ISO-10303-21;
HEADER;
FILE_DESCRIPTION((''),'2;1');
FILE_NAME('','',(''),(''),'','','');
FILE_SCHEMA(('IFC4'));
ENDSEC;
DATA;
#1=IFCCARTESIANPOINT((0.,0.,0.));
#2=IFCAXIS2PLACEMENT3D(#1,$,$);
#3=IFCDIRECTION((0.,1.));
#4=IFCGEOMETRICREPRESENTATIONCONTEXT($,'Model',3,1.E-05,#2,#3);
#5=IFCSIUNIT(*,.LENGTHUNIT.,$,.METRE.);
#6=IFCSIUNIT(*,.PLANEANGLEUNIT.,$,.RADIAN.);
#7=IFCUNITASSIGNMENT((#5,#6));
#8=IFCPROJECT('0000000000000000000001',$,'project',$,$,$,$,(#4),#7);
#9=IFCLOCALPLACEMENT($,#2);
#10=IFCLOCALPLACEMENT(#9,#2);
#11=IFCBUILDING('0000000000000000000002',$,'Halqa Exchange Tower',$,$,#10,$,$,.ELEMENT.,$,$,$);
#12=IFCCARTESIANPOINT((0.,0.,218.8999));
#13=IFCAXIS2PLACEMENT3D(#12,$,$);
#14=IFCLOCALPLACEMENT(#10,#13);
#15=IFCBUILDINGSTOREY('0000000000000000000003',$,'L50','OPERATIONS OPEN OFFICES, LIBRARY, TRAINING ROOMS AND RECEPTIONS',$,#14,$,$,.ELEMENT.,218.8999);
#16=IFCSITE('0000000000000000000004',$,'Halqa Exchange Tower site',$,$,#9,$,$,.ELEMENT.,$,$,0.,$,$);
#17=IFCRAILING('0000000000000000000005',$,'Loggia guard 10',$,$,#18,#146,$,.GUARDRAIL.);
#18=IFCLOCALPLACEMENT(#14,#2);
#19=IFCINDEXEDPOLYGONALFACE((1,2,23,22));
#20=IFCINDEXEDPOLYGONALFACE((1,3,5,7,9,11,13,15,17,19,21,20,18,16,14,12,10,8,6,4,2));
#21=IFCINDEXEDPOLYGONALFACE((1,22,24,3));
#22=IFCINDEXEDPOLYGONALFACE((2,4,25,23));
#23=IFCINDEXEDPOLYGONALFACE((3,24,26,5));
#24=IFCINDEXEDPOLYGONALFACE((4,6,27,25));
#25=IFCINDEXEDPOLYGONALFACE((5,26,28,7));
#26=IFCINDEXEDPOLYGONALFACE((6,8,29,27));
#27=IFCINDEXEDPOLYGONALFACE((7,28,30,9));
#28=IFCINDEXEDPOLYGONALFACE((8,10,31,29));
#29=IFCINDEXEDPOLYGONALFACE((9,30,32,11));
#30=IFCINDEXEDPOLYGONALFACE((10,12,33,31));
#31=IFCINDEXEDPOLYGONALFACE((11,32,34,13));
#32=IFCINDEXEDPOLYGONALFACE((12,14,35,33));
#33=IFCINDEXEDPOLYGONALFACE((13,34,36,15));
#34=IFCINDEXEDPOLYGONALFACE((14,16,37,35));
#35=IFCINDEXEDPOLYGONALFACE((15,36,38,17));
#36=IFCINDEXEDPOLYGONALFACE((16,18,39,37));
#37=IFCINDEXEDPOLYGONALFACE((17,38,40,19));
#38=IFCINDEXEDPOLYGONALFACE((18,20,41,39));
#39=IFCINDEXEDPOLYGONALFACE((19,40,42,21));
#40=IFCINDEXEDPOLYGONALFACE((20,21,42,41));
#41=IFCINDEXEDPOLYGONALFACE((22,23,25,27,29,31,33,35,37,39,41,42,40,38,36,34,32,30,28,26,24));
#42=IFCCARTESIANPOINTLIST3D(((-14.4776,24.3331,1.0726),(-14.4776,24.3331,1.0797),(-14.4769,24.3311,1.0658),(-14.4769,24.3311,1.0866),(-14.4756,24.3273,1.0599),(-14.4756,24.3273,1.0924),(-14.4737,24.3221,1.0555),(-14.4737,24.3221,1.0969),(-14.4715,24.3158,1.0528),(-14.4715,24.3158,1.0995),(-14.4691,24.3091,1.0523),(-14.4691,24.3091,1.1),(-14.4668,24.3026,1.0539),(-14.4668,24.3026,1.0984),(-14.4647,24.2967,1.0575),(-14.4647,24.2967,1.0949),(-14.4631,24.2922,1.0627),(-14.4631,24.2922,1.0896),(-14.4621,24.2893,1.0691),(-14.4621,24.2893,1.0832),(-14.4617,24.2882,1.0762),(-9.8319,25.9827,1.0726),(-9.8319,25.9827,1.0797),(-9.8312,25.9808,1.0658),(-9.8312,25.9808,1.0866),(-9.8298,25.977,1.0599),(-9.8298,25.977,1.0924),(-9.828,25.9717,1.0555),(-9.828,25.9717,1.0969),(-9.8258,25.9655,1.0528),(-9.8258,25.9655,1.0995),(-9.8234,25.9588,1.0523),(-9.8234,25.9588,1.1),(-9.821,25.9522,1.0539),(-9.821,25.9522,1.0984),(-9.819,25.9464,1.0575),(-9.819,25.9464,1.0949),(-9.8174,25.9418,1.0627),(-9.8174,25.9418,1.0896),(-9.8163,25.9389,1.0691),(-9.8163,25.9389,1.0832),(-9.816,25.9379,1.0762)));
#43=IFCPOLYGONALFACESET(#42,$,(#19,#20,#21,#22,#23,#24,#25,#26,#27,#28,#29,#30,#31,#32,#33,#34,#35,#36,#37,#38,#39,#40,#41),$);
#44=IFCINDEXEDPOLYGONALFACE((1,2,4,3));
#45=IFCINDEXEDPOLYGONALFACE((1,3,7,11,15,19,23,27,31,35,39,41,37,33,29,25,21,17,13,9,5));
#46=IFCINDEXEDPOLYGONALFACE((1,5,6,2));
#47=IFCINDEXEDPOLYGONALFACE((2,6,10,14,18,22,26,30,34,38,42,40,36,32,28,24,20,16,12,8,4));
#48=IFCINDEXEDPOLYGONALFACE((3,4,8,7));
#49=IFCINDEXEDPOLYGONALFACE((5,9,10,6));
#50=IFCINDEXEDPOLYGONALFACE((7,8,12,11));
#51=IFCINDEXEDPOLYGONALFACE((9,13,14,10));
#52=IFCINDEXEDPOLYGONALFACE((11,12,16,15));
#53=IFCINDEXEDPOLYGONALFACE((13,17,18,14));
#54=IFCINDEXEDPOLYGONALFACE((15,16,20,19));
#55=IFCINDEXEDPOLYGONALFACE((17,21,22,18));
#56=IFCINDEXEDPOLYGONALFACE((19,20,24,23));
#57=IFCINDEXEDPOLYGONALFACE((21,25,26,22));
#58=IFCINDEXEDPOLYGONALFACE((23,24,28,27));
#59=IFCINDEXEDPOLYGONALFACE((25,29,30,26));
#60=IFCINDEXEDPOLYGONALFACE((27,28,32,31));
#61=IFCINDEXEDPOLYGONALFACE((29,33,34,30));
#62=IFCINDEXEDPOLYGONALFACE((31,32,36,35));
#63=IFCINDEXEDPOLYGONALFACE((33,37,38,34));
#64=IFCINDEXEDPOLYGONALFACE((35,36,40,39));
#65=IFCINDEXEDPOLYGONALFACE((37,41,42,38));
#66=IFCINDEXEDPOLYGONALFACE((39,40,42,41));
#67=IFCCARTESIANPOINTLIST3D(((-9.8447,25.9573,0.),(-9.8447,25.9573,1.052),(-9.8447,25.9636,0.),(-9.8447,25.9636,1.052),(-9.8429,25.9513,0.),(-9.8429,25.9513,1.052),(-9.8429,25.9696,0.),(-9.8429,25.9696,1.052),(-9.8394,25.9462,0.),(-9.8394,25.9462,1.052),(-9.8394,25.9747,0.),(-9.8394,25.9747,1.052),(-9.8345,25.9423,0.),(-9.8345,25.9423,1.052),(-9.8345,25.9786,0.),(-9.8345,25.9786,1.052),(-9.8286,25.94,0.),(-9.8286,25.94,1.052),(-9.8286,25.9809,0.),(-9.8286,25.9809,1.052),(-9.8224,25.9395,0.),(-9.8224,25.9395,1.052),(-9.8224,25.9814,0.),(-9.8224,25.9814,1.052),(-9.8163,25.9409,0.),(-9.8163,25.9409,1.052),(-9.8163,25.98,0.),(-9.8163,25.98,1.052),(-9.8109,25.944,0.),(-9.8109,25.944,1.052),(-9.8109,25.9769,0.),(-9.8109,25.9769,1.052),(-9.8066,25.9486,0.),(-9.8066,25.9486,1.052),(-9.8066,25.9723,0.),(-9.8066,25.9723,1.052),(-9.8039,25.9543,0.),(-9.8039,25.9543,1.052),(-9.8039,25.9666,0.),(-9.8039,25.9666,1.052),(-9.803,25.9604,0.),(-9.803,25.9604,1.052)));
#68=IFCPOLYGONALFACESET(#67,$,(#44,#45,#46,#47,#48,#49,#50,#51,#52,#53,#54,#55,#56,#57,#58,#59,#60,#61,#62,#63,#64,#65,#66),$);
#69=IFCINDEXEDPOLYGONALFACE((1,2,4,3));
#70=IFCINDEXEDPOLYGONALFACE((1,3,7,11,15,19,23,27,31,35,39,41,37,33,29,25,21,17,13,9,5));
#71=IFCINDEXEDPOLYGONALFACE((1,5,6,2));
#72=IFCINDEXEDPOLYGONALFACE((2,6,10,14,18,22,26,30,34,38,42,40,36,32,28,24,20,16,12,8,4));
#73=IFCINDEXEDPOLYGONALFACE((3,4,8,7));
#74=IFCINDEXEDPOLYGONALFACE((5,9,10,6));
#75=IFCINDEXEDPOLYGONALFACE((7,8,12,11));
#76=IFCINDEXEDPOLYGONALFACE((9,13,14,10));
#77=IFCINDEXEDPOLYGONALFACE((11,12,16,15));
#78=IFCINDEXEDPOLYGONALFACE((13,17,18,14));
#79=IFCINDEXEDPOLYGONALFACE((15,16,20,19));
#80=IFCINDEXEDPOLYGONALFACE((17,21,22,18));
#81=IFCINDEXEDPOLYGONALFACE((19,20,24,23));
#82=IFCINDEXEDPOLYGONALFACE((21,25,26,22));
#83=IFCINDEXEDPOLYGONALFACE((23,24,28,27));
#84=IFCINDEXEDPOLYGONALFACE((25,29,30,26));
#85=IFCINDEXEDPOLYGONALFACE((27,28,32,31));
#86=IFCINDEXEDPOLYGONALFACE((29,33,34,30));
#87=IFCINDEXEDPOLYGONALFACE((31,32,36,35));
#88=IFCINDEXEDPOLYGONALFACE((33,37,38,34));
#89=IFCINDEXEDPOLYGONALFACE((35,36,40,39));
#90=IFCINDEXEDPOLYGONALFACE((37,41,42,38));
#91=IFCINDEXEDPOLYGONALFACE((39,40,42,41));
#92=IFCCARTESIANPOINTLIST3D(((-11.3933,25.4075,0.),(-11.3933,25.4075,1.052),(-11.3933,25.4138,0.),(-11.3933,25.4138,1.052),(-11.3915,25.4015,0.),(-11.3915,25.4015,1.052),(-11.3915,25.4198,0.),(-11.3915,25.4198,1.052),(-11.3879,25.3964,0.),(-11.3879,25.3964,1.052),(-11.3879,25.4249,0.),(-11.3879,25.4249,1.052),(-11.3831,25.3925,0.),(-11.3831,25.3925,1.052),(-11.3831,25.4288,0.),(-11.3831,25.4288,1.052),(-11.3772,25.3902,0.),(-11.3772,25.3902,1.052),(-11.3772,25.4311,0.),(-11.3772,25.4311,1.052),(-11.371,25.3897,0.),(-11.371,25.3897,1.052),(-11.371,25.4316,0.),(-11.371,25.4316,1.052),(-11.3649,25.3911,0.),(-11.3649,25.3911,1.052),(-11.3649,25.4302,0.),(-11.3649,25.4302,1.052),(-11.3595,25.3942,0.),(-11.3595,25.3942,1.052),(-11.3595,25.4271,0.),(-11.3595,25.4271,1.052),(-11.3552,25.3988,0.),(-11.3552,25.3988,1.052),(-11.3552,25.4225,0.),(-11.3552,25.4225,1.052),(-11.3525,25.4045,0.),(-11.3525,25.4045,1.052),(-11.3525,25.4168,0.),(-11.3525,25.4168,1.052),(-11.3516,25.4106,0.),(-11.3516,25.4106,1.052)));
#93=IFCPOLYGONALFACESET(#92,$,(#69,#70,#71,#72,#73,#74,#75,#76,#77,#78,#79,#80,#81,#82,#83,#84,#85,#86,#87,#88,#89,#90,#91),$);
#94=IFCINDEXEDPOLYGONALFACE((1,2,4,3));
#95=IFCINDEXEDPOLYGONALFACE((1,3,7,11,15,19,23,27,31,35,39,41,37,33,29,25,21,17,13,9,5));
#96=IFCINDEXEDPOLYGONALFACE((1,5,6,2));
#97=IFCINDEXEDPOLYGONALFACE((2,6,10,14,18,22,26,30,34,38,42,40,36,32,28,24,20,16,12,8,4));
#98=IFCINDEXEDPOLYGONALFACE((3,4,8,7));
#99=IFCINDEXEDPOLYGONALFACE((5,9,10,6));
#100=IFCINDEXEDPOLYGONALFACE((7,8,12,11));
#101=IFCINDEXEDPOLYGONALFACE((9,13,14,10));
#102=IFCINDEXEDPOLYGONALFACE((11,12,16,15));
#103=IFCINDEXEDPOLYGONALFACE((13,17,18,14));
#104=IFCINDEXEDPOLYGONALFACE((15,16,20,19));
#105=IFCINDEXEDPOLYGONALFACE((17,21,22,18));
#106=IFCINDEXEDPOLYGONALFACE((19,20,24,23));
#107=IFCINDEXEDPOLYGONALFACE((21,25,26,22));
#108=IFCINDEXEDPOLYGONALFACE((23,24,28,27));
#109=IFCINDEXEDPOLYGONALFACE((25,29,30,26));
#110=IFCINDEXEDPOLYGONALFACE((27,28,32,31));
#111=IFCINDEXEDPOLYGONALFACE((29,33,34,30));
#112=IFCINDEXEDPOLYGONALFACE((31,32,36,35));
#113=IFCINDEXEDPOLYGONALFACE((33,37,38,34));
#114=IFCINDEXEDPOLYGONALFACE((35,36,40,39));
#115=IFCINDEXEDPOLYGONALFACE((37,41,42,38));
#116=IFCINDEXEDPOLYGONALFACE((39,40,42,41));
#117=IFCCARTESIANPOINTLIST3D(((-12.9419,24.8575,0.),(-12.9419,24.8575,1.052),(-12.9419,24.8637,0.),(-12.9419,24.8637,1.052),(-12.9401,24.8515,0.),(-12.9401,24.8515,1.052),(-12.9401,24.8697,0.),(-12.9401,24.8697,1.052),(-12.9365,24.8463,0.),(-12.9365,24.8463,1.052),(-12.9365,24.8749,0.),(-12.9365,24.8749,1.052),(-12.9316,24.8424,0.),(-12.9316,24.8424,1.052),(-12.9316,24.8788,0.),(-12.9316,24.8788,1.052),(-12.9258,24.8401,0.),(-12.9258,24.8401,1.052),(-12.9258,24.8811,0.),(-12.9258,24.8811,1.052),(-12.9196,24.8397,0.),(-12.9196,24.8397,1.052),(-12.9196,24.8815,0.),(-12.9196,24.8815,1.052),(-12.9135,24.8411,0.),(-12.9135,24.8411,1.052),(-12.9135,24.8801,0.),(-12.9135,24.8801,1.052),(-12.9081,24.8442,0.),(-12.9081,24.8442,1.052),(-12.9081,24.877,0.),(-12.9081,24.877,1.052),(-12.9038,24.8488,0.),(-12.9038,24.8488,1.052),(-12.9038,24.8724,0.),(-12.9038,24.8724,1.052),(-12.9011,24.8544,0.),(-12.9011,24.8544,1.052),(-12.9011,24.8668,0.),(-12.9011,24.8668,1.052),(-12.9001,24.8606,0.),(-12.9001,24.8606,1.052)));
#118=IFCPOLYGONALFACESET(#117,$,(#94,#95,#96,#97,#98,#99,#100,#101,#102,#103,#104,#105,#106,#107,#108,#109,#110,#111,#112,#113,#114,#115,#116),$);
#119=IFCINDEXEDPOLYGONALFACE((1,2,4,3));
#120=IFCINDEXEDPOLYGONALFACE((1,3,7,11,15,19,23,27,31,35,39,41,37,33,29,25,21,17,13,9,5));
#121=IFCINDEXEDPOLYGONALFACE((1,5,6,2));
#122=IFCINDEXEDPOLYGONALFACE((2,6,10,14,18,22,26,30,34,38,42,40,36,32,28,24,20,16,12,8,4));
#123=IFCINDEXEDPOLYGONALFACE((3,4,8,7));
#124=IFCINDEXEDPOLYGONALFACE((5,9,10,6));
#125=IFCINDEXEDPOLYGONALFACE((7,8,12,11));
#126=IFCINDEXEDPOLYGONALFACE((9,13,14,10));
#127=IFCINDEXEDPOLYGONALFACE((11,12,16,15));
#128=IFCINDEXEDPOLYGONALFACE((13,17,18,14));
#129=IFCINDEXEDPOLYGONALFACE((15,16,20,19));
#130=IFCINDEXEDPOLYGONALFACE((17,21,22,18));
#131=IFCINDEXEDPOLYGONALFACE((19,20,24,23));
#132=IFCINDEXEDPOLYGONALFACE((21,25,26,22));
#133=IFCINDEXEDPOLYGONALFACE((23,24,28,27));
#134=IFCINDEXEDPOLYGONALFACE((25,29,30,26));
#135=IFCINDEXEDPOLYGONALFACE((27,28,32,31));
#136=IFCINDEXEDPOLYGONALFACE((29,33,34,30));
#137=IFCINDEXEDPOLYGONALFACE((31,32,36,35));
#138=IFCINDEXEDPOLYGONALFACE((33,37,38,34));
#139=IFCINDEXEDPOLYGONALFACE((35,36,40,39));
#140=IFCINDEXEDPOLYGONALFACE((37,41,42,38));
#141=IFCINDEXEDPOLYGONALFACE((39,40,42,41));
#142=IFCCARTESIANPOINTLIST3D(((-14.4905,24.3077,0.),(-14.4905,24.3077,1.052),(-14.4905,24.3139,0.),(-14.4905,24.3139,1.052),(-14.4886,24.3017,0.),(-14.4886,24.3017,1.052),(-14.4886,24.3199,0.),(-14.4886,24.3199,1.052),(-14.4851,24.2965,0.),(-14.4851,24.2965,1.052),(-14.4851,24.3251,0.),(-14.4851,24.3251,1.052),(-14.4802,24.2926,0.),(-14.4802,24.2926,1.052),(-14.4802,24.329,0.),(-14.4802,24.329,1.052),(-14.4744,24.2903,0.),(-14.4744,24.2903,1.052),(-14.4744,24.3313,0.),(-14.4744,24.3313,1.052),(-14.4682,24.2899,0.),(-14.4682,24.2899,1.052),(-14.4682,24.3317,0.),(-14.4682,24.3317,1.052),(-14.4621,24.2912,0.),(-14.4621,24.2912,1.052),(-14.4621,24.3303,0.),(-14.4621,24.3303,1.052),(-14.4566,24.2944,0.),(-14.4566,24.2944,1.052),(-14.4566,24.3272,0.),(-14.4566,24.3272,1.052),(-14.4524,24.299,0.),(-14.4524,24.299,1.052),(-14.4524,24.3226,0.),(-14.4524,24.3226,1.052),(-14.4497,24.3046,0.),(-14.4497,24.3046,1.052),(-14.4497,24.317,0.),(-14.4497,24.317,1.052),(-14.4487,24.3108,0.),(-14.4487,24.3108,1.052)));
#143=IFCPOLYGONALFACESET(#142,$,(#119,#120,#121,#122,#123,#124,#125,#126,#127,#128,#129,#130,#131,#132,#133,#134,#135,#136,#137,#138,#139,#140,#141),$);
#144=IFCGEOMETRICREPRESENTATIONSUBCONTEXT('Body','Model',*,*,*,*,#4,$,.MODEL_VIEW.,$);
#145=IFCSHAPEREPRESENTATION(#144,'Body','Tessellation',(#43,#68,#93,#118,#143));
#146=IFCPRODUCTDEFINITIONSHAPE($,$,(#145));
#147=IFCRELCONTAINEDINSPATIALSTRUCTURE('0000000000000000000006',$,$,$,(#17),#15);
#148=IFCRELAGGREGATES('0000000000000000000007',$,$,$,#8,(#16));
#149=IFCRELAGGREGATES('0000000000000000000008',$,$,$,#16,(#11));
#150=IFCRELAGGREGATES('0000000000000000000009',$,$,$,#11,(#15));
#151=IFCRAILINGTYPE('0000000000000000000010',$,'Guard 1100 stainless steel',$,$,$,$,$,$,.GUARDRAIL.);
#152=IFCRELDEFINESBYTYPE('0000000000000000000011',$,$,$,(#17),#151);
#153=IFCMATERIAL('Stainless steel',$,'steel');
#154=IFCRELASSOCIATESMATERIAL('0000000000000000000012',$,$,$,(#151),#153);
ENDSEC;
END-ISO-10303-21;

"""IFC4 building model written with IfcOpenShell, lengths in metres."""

from ifc_helpers import new_model, si_unit, direction, frame, origin, origin_2d, place, context, subcontext, project, spatial, circle, extrude, material, type_object, element, save


model = new_model("IFC4")

# Units and contexts
model_context = context("Model", 3, precision=1e-05, world=origin(), true_north=direction((0.0, 1.0)))
body_context = subcontext(model_context, "Body", "Model", "MODEL_VIEW")
ifc_project = project(units=[si_unit("LENGTHUNIT", "METRE"), si_unit("PLANEANGLEUNIT", "RADIAN")], contexts=[model_context])

# Site, building, storey
site_placement = place(None, origin())
site = spatial("IfcSite", under=ifc_project, at=site_placement, Name="Halqa Exchange Tower site", CompositionType="ELEMENT", RefElevation=0.0)
building_placement = place(site_placement, origin())
building = spatial("IfcBuilding", under=site, at=building_placement, Name="Halqa Exchange Tower", CompositionType="ELEMENT")
storey_placement = place(building_placement, frame((0.0, 0.0, 218.8999)))
storey = spatial("IfcBuildingStorey", under=building, at=storey_placement, Name="L50", Description="OPERATIONS OPEN OFFICES, LIBRARY, TRAINING ROOMS AND RECEPTIONS", CompositionType="ELEMENT", Elevation=218.8999)

# Railing
ifc_material_1 = material(Name="Stainless steel", Category="steel")
railing_type_1 = type_object("IfcRailingType", Name="Guard 1100 stainless steel", PredefinedType="GUARDRAIL", material=ifc_material_1)
railing_1_placement = place(storey_placement, frame((-9.824, 25.9604, 0.0)))
element("IfcRailing", 1, at=railing_1_placement, inside=storey, type_object=railing_type_1, Name="Loggia guard 10", PredefinedType="GUARDRAIL", context=body_context, shape_type="SweptSolid", body=[
    extrude(circle(Radius=0.0239, at=origin_2d()), frame((0.0, 0.0, 1.0762), z_axis=(-0.942353, -0.33462, 0.0), x_axis=(0.33462, -0.942353, 0.0)), (0.0, 0.0, 1.0), 4.9299),
    extrude(circle(Radius=0.021, at=origin_2d()), origin(), (0.0, 0.0, 1.0), 1.052),
    extrude(circle(Radius=0.021, at=origin_2d()), frame((-1.5486, -0.5498, 0.0)), (0.0, 0.0, 1.0), 1.052),
    extrude(circle(Radius=0.021, at=origin_2d()), frame((-3.0972, -1.0999, 0.0)), (0.0, 0.0, 1.0), 1.052),
    extrude(circle(Radius=0.021, at=origin_2d()), frame((-4.6458, -1.6497, 0.0)), (0.0, 0.0, 1.0), 1.052),
])

save(model, "model.ifc")
